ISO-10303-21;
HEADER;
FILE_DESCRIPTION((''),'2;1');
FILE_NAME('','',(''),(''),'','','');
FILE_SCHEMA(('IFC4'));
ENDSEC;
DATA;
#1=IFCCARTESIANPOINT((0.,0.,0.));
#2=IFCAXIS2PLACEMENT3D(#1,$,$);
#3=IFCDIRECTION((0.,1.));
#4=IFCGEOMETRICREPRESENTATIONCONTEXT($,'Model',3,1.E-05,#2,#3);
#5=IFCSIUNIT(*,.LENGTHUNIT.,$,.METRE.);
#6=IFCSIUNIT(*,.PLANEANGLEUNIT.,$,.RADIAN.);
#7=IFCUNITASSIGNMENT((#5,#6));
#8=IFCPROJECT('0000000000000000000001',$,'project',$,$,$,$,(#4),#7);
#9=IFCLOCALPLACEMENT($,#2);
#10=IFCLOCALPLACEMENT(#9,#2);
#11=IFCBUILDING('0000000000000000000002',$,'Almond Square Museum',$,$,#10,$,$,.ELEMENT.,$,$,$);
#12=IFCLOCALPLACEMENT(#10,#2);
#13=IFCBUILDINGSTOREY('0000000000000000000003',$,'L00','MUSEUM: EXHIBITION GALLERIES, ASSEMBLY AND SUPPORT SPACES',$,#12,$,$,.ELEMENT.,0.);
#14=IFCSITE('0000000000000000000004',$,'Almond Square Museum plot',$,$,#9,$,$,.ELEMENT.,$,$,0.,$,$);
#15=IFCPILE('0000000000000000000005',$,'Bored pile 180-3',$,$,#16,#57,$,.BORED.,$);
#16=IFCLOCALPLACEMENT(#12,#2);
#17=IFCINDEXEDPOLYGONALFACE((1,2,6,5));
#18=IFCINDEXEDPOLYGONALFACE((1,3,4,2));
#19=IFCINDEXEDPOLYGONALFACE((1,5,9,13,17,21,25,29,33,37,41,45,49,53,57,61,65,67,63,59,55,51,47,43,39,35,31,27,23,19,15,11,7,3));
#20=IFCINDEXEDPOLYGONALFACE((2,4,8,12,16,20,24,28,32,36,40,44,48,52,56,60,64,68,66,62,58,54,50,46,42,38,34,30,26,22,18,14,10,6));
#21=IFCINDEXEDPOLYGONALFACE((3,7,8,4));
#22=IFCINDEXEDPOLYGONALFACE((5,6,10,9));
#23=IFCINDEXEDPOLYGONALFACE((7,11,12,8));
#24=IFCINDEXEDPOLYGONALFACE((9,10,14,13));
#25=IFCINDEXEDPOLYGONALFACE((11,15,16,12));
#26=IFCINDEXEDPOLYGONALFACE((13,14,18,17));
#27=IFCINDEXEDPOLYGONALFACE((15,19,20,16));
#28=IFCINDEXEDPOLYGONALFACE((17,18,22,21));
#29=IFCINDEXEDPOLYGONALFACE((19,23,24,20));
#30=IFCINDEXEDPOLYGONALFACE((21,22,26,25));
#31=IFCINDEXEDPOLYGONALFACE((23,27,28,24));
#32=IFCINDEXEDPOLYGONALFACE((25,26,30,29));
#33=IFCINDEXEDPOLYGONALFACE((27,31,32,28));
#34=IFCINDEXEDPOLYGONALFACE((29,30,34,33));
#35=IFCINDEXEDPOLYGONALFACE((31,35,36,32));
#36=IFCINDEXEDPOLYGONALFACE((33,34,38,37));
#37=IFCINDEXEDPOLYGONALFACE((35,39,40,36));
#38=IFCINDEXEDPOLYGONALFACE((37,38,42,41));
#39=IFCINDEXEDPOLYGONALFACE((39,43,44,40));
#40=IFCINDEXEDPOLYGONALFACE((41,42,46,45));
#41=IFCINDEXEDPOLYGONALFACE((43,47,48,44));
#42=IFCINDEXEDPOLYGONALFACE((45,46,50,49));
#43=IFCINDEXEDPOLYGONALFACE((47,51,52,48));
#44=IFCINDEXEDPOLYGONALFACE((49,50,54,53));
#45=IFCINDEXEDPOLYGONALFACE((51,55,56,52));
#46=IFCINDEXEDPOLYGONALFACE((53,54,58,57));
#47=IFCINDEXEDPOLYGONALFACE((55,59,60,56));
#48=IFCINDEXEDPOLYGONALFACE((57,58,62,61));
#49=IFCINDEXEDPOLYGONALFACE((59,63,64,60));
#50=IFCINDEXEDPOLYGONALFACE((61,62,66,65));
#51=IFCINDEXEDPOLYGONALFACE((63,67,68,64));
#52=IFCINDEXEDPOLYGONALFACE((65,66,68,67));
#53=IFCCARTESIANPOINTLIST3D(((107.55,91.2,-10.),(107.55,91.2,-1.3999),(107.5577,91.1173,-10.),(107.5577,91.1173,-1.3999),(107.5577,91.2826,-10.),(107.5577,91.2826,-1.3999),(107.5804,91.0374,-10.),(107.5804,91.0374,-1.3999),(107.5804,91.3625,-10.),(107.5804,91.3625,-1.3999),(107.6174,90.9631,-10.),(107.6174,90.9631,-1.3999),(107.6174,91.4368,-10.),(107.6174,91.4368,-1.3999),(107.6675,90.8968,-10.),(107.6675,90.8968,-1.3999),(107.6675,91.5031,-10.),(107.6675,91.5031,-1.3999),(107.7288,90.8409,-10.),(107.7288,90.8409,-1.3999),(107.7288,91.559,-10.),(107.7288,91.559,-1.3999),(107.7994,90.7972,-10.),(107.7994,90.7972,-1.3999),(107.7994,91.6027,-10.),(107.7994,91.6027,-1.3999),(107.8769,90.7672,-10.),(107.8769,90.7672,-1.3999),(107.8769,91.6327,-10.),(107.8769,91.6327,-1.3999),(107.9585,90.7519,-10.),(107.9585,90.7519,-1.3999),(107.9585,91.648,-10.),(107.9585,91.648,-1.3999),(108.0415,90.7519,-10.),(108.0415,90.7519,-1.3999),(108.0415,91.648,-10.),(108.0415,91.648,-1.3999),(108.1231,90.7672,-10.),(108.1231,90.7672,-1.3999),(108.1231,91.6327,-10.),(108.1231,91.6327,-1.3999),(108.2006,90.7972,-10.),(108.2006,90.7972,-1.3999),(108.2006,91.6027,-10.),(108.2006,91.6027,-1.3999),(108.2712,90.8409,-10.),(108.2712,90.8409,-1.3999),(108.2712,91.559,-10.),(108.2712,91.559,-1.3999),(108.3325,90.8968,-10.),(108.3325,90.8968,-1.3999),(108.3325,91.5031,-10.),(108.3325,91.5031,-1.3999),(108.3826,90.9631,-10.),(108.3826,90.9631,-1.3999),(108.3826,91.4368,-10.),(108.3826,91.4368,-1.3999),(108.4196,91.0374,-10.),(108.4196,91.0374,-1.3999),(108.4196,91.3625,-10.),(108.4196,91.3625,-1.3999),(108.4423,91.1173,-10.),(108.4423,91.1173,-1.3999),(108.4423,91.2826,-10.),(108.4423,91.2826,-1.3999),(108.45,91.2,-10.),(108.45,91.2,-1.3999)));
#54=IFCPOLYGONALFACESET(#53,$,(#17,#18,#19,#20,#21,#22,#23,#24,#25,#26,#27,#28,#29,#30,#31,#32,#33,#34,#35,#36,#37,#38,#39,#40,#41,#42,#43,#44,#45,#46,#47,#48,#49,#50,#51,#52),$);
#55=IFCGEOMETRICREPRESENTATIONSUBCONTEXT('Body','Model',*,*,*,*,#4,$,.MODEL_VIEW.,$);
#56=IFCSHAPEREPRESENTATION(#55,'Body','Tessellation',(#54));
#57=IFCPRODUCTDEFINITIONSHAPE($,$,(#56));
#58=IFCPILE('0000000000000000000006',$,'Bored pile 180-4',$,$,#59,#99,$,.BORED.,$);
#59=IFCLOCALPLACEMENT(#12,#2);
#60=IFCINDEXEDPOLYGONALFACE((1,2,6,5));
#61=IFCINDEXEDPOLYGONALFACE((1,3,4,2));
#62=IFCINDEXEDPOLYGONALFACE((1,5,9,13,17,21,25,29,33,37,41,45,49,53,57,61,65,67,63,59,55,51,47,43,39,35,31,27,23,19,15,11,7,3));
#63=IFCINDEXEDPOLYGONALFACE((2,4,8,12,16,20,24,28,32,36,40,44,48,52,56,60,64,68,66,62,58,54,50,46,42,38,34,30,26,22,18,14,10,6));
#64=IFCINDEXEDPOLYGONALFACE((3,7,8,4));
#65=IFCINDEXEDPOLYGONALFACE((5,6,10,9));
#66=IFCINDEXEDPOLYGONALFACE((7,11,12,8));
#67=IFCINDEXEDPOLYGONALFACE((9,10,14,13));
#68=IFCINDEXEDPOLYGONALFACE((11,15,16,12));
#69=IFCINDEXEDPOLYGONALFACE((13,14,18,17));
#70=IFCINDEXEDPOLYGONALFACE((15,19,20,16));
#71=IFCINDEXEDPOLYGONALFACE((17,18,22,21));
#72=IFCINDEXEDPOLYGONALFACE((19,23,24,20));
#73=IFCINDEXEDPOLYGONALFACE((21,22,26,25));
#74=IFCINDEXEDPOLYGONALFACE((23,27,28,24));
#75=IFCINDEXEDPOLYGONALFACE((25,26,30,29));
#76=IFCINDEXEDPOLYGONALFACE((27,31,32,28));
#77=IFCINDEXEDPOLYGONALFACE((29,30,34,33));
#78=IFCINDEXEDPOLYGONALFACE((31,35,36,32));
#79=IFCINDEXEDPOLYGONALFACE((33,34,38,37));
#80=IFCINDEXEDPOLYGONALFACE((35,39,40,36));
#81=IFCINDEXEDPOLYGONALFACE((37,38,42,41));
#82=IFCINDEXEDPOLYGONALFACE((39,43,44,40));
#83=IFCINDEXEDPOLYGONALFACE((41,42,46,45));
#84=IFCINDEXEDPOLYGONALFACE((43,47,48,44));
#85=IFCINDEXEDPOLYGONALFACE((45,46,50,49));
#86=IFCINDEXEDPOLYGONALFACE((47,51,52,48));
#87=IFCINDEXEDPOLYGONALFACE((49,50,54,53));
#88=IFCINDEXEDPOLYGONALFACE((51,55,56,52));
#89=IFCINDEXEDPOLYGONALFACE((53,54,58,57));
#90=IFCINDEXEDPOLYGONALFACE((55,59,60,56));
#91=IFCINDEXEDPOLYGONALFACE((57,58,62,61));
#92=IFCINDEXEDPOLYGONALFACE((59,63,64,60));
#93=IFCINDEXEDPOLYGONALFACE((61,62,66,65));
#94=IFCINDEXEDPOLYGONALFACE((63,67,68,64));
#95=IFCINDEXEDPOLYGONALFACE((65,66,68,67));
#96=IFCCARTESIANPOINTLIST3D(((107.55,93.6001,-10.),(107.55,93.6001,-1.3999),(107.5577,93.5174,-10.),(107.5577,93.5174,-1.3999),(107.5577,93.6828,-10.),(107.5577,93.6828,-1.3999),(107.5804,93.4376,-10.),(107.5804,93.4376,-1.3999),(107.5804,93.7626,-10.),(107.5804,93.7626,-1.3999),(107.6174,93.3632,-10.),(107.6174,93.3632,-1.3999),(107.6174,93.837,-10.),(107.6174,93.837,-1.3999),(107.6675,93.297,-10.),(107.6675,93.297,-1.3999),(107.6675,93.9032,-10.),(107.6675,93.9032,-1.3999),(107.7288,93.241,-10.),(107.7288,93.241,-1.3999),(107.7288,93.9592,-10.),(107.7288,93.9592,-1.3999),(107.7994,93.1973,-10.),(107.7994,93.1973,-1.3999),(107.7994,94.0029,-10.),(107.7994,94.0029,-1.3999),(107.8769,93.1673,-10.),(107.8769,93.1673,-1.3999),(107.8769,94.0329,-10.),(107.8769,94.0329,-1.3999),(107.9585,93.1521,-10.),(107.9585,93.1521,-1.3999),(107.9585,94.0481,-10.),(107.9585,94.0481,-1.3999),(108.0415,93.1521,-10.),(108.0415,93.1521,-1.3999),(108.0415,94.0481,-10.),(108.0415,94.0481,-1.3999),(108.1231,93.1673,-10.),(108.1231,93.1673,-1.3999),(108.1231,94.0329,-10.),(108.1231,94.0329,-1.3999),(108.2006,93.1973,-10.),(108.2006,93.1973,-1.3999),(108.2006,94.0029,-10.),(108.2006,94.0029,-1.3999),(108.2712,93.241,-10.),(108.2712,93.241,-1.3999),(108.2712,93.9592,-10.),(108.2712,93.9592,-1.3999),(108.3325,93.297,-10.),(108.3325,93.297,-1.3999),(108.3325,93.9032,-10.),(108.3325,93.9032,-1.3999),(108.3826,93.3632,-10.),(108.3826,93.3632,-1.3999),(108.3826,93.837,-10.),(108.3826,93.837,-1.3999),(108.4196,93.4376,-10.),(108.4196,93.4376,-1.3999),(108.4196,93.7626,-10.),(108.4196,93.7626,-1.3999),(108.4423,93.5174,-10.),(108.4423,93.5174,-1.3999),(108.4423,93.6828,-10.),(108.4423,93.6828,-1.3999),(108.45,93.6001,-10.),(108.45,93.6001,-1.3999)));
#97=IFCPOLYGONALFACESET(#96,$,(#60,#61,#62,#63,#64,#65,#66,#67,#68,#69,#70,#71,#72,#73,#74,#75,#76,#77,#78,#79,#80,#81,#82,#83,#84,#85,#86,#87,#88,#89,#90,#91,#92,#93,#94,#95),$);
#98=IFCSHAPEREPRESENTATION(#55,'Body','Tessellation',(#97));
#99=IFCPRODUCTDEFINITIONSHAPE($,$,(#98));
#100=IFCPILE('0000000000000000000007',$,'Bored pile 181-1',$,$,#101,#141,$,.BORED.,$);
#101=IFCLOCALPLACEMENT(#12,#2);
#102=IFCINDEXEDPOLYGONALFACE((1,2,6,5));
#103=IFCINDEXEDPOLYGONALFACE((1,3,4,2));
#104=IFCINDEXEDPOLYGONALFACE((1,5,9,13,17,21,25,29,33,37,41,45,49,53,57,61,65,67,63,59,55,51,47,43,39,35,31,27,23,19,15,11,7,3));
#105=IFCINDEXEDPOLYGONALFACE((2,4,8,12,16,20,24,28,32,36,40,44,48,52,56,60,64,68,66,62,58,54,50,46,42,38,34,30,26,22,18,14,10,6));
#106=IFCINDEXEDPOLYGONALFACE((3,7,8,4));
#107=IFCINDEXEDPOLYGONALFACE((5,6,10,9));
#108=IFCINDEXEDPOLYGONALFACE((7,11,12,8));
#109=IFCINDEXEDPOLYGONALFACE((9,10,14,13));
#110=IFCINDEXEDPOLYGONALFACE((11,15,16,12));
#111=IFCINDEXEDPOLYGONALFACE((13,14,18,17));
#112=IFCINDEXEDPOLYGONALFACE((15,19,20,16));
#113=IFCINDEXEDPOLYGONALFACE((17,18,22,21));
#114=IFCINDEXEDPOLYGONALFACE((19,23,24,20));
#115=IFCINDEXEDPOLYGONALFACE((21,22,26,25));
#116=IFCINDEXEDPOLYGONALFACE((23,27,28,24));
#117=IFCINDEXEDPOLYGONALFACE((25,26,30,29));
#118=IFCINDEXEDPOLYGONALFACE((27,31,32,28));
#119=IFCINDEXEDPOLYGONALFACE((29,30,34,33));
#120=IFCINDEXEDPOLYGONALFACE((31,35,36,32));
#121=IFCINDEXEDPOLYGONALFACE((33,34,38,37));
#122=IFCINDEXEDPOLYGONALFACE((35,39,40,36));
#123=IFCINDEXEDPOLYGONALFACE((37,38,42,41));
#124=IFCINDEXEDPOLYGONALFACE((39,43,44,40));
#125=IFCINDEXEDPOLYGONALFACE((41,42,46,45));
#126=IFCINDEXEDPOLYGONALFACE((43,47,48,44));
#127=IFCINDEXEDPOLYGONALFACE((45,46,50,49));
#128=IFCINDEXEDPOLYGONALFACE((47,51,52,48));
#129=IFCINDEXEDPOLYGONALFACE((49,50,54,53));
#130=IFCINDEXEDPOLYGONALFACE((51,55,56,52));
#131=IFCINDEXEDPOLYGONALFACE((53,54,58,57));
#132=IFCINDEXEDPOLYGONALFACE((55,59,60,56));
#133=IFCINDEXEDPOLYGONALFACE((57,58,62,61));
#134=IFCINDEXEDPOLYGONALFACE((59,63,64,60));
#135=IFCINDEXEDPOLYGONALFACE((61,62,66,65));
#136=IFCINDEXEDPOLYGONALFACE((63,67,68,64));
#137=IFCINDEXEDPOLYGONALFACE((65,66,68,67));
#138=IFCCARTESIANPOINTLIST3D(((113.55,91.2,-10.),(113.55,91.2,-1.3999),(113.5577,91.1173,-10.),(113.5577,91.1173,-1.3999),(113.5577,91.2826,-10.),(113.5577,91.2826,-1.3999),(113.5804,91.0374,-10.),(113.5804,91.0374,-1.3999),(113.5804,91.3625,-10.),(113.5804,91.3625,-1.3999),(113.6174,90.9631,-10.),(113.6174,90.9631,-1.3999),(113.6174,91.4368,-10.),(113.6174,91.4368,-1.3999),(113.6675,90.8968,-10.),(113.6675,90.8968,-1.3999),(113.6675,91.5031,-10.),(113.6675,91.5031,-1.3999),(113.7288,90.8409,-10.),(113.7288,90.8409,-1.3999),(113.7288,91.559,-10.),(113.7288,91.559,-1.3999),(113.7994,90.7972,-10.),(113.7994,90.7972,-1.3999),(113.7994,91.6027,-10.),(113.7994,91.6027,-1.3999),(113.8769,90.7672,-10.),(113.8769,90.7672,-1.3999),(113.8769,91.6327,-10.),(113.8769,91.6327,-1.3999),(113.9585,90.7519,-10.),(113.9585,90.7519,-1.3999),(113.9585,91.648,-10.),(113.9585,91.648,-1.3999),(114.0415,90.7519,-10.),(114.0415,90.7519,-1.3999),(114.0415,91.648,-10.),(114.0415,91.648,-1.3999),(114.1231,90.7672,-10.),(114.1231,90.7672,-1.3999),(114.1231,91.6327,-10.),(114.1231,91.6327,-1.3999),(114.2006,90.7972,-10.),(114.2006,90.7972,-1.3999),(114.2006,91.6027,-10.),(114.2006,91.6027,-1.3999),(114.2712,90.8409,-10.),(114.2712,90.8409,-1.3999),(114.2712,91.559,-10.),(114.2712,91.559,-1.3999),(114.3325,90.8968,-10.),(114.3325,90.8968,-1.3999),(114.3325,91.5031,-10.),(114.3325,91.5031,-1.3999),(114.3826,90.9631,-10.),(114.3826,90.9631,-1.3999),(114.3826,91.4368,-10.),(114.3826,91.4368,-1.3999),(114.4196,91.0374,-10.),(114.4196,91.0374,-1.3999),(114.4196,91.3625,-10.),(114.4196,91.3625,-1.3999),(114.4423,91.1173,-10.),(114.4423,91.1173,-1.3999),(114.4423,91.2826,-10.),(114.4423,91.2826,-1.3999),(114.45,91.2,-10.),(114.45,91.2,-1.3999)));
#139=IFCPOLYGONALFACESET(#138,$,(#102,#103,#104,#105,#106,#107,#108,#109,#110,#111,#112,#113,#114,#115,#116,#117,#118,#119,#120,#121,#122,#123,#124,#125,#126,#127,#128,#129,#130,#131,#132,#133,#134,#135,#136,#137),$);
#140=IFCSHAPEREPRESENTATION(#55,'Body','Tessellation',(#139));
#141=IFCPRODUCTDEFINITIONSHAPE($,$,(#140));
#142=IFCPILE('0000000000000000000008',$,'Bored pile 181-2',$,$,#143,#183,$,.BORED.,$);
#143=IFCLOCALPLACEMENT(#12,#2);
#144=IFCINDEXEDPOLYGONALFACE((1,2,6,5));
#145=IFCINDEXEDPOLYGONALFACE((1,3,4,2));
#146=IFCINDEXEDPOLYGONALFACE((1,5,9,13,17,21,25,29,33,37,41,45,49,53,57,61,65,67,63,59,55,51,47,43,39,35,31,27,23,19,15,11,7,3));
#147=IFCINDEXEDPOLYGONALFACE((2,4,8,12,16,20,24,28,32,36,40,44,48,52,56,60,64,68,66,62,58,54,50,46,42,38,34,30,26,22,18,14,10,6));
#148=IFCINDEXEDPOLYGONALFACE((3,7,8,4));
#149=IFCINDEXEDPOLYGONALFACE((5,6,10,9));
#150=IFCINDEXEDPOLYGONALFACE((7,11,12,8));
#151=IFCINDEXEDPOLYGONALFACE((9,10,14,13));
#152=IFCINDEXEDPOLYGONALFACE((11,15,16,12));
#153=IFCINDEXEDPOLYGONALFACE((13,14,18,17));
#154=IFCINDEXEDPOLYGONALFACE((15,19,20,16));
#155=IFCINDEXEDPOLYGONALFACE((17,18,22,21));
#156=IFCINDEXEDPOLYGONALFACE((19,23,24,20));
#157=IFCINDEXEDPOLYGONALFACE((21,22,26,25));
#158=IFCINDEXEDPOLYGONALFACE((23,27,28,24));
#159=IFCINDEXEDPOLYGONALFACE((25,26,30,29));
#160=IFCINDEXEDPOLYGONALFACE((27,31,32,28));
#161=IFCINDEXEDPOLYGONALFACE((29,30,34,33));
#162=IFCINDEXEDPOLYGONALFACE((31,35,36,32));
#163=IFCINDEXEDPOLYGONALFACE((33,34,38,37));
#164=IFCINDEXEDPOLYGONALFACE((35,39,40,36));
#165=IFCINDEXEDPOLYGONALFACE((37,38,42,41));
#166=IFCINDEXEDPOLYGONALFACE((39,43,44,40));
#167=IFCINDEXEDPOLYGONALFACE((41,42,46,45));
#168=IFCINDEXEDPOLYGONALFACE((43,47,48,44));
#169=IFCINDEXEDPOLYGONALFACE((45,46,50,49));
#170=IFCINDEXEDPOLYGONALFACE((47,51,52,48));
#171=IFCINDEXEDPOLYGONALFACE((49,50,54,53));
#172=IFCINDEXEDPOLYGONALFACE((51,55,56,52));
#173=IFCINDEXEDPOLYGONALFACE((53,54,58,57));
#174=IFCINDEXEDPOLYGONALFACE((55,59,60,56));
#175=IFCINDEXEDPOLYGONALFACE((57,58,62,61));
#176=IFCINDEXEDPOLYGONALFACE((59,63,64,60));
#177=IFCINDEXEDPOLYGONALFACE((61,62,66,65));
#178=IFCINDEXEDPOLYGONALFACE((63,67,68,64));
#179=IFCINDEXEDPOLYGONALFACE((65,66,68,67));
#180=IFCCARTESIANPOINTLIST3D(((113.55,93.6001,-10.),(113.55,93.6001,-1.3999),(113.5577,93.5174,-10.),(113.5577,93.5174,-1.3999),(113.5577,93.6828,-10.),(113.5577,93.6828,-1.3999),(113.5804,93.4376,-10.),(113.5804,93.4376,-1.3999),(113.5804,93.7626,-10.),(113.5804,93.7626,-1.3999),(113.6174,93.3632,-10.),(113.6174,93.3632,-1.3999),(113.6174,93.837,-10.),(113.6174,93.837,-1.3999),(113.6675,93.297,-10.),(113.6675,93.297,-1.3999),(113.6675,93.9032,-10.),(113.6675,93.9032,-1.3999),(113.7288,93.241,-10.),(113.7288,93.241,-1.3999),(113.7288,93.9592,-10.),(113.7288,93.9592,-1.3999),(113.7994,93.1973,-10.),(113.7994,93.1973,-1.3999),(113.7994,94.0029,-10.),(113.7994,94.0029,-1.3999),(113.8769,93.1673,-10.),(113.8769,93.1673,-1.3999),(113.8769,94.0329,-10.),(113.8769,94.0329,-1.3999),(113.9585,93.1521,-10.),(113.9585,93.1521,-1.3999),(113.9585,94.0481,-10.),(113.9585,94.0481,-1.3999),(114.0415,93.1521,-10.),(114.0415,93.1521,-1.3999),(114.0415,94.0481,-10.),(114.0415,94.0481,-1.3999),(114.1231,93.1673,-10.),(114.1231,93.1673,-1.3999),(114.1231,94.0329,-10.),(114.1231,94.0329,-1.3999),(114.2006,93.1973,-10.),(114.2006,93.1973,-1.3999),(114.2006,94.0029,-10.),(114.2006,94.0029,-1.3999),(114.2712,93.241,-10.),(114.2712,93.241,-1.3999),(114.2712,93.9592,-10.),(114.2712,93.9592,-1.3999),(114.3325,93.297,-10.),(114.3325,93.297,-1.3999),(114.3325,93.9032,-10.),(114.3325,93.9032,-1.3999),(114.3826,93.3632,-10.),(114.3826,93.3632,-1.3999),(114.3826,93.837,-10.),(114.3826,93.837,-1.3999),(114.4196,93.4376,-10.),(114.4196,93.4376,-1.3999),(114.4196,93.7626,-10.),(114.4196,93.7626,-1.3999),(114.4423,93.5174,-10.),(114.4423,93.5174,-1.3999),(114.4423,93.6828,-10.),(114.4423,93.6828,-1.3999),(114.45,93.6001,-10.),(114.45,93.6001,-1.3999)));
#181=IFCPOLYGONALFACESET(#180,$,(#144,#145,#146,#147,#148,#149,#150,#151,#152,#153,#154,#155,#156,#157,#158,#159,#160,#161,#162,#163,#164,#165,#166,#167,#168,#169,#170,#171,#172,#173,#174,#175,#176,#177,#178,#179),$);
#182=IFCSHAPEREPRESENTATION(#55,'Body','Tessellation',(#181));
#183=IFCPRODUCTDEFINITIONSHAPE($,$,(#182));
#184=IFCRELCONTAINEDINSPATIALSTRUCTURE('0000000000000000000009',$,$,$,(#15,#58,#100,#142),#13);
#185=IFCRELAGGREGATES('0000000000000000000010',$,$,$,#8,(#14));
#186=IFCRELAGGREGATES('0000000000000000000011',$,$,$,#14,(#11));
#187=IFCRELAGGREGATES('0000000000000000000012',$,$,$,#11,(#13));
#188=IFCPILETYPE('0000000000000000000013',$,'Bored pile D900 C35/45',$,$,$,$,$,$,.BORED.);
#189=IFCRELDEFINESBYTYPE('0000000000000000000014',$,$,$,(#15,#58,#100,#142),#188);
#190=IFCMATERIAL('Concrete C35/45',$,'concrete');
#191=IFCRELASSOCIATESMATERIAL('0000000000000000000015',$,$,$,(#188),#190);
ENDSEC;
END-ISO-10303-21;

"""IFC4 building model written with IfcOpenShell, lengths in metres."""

from ifc_helpers import new_model, si_unit, direction, frame, origin, origin_2d, place, context, subcontext, project, spatial, circle, extrude, material, material_profile, profile_set, type_object, element, save


model = new_model("IFC4")

# Units and contexts
model_context = context("Model", 3, precision=1e-05, world=origin(), true_north=direction((0.0, 1.0)))
body_context = subcontext(model_context, "Body", "Model", "MODEL_VIEW")
ifc_project = project(units=[si_unit("LENGTHUNIT", "METRE"), si_unit("PLANEANGLEUNIT", "RADIAN")], contexts=[model_context])

# Site, building, storey
site_placement = place(None, origin())
site = spatial("IfcSite", under=ifc_project, at=site_placement, Name="Almond Square Museum plot", CompositionType="ELEMENT", RefElevation=0.0)
building_placement = place(site_placement, origin())
building = spatial("IfcBuilding", under=site, at=building_placement, Name="Almond Square Museum", CompositionType="ELEMENT")
storey_placement = place(building_placement, origin())
storey = spatial("IfcBuildingStorey", under=building, at=storey_placement, Name="L00", Description="MUSEUM: EXHIBITION GALLERIES, ASSEMBLY AND SUPPORT SPACES", CompositionType="ELEMENT", Elevation=0.0)

# Piles
ifc_material_1 = material(Name="Concrete C35/45", Category="concrete")
ifc_material_profile_1 = material_profile(ifc_material_1, circle(Radius=0.45, at=origin_2d()))
ifc_profile_set_1 = profile_set([ifc_material_profile_1], Name="Concrete C35/45")
pile_type = type_object("IfcPileType", Name="Bored pile D900 C35/45", PredefinedType="BORED", material=ifc_profile_set_1)
for number, where, z_axis, x_axis, name in (
    (1, (108.0, 91.2, -1.3999), (0.0, 0.0, -1.0), (1.0, 0.0, 0.0), "Bored pile 180-3"),
    (2, (108.0, 93.6001, -1.3999), (0.0, 0.0, -1.0), (1.0, 0.0, 0.0), "Bored pile 180-4"),
    (3, (114.0, 91.2, -1.3999), (0.0, 0.0, -1.0), (1.0, 0.0, 0.0), "Bored pile 181-1"),
    (4, (114.0, 93.6001, -1.3999), (0.0, 0.0, -1.0), (1.0, 0.0, 0.0), "Bored pile 181-2"),
):
    element("IfcPile", number, at=place(storey_placement, frame(where, z_axis=z_axis, x_axis=x_axis)), inside=storey, type_object=pile_type, Name=name, PredefinedType="BORED", context=body_context, shape_type="SweptSolid", body=[
        extrude(circle(Radius=0.45, at=origin_2d()), origin(), (0.0, 0.0, 1.0), 8.6001),
    ])

save(model, "model.ifc")
